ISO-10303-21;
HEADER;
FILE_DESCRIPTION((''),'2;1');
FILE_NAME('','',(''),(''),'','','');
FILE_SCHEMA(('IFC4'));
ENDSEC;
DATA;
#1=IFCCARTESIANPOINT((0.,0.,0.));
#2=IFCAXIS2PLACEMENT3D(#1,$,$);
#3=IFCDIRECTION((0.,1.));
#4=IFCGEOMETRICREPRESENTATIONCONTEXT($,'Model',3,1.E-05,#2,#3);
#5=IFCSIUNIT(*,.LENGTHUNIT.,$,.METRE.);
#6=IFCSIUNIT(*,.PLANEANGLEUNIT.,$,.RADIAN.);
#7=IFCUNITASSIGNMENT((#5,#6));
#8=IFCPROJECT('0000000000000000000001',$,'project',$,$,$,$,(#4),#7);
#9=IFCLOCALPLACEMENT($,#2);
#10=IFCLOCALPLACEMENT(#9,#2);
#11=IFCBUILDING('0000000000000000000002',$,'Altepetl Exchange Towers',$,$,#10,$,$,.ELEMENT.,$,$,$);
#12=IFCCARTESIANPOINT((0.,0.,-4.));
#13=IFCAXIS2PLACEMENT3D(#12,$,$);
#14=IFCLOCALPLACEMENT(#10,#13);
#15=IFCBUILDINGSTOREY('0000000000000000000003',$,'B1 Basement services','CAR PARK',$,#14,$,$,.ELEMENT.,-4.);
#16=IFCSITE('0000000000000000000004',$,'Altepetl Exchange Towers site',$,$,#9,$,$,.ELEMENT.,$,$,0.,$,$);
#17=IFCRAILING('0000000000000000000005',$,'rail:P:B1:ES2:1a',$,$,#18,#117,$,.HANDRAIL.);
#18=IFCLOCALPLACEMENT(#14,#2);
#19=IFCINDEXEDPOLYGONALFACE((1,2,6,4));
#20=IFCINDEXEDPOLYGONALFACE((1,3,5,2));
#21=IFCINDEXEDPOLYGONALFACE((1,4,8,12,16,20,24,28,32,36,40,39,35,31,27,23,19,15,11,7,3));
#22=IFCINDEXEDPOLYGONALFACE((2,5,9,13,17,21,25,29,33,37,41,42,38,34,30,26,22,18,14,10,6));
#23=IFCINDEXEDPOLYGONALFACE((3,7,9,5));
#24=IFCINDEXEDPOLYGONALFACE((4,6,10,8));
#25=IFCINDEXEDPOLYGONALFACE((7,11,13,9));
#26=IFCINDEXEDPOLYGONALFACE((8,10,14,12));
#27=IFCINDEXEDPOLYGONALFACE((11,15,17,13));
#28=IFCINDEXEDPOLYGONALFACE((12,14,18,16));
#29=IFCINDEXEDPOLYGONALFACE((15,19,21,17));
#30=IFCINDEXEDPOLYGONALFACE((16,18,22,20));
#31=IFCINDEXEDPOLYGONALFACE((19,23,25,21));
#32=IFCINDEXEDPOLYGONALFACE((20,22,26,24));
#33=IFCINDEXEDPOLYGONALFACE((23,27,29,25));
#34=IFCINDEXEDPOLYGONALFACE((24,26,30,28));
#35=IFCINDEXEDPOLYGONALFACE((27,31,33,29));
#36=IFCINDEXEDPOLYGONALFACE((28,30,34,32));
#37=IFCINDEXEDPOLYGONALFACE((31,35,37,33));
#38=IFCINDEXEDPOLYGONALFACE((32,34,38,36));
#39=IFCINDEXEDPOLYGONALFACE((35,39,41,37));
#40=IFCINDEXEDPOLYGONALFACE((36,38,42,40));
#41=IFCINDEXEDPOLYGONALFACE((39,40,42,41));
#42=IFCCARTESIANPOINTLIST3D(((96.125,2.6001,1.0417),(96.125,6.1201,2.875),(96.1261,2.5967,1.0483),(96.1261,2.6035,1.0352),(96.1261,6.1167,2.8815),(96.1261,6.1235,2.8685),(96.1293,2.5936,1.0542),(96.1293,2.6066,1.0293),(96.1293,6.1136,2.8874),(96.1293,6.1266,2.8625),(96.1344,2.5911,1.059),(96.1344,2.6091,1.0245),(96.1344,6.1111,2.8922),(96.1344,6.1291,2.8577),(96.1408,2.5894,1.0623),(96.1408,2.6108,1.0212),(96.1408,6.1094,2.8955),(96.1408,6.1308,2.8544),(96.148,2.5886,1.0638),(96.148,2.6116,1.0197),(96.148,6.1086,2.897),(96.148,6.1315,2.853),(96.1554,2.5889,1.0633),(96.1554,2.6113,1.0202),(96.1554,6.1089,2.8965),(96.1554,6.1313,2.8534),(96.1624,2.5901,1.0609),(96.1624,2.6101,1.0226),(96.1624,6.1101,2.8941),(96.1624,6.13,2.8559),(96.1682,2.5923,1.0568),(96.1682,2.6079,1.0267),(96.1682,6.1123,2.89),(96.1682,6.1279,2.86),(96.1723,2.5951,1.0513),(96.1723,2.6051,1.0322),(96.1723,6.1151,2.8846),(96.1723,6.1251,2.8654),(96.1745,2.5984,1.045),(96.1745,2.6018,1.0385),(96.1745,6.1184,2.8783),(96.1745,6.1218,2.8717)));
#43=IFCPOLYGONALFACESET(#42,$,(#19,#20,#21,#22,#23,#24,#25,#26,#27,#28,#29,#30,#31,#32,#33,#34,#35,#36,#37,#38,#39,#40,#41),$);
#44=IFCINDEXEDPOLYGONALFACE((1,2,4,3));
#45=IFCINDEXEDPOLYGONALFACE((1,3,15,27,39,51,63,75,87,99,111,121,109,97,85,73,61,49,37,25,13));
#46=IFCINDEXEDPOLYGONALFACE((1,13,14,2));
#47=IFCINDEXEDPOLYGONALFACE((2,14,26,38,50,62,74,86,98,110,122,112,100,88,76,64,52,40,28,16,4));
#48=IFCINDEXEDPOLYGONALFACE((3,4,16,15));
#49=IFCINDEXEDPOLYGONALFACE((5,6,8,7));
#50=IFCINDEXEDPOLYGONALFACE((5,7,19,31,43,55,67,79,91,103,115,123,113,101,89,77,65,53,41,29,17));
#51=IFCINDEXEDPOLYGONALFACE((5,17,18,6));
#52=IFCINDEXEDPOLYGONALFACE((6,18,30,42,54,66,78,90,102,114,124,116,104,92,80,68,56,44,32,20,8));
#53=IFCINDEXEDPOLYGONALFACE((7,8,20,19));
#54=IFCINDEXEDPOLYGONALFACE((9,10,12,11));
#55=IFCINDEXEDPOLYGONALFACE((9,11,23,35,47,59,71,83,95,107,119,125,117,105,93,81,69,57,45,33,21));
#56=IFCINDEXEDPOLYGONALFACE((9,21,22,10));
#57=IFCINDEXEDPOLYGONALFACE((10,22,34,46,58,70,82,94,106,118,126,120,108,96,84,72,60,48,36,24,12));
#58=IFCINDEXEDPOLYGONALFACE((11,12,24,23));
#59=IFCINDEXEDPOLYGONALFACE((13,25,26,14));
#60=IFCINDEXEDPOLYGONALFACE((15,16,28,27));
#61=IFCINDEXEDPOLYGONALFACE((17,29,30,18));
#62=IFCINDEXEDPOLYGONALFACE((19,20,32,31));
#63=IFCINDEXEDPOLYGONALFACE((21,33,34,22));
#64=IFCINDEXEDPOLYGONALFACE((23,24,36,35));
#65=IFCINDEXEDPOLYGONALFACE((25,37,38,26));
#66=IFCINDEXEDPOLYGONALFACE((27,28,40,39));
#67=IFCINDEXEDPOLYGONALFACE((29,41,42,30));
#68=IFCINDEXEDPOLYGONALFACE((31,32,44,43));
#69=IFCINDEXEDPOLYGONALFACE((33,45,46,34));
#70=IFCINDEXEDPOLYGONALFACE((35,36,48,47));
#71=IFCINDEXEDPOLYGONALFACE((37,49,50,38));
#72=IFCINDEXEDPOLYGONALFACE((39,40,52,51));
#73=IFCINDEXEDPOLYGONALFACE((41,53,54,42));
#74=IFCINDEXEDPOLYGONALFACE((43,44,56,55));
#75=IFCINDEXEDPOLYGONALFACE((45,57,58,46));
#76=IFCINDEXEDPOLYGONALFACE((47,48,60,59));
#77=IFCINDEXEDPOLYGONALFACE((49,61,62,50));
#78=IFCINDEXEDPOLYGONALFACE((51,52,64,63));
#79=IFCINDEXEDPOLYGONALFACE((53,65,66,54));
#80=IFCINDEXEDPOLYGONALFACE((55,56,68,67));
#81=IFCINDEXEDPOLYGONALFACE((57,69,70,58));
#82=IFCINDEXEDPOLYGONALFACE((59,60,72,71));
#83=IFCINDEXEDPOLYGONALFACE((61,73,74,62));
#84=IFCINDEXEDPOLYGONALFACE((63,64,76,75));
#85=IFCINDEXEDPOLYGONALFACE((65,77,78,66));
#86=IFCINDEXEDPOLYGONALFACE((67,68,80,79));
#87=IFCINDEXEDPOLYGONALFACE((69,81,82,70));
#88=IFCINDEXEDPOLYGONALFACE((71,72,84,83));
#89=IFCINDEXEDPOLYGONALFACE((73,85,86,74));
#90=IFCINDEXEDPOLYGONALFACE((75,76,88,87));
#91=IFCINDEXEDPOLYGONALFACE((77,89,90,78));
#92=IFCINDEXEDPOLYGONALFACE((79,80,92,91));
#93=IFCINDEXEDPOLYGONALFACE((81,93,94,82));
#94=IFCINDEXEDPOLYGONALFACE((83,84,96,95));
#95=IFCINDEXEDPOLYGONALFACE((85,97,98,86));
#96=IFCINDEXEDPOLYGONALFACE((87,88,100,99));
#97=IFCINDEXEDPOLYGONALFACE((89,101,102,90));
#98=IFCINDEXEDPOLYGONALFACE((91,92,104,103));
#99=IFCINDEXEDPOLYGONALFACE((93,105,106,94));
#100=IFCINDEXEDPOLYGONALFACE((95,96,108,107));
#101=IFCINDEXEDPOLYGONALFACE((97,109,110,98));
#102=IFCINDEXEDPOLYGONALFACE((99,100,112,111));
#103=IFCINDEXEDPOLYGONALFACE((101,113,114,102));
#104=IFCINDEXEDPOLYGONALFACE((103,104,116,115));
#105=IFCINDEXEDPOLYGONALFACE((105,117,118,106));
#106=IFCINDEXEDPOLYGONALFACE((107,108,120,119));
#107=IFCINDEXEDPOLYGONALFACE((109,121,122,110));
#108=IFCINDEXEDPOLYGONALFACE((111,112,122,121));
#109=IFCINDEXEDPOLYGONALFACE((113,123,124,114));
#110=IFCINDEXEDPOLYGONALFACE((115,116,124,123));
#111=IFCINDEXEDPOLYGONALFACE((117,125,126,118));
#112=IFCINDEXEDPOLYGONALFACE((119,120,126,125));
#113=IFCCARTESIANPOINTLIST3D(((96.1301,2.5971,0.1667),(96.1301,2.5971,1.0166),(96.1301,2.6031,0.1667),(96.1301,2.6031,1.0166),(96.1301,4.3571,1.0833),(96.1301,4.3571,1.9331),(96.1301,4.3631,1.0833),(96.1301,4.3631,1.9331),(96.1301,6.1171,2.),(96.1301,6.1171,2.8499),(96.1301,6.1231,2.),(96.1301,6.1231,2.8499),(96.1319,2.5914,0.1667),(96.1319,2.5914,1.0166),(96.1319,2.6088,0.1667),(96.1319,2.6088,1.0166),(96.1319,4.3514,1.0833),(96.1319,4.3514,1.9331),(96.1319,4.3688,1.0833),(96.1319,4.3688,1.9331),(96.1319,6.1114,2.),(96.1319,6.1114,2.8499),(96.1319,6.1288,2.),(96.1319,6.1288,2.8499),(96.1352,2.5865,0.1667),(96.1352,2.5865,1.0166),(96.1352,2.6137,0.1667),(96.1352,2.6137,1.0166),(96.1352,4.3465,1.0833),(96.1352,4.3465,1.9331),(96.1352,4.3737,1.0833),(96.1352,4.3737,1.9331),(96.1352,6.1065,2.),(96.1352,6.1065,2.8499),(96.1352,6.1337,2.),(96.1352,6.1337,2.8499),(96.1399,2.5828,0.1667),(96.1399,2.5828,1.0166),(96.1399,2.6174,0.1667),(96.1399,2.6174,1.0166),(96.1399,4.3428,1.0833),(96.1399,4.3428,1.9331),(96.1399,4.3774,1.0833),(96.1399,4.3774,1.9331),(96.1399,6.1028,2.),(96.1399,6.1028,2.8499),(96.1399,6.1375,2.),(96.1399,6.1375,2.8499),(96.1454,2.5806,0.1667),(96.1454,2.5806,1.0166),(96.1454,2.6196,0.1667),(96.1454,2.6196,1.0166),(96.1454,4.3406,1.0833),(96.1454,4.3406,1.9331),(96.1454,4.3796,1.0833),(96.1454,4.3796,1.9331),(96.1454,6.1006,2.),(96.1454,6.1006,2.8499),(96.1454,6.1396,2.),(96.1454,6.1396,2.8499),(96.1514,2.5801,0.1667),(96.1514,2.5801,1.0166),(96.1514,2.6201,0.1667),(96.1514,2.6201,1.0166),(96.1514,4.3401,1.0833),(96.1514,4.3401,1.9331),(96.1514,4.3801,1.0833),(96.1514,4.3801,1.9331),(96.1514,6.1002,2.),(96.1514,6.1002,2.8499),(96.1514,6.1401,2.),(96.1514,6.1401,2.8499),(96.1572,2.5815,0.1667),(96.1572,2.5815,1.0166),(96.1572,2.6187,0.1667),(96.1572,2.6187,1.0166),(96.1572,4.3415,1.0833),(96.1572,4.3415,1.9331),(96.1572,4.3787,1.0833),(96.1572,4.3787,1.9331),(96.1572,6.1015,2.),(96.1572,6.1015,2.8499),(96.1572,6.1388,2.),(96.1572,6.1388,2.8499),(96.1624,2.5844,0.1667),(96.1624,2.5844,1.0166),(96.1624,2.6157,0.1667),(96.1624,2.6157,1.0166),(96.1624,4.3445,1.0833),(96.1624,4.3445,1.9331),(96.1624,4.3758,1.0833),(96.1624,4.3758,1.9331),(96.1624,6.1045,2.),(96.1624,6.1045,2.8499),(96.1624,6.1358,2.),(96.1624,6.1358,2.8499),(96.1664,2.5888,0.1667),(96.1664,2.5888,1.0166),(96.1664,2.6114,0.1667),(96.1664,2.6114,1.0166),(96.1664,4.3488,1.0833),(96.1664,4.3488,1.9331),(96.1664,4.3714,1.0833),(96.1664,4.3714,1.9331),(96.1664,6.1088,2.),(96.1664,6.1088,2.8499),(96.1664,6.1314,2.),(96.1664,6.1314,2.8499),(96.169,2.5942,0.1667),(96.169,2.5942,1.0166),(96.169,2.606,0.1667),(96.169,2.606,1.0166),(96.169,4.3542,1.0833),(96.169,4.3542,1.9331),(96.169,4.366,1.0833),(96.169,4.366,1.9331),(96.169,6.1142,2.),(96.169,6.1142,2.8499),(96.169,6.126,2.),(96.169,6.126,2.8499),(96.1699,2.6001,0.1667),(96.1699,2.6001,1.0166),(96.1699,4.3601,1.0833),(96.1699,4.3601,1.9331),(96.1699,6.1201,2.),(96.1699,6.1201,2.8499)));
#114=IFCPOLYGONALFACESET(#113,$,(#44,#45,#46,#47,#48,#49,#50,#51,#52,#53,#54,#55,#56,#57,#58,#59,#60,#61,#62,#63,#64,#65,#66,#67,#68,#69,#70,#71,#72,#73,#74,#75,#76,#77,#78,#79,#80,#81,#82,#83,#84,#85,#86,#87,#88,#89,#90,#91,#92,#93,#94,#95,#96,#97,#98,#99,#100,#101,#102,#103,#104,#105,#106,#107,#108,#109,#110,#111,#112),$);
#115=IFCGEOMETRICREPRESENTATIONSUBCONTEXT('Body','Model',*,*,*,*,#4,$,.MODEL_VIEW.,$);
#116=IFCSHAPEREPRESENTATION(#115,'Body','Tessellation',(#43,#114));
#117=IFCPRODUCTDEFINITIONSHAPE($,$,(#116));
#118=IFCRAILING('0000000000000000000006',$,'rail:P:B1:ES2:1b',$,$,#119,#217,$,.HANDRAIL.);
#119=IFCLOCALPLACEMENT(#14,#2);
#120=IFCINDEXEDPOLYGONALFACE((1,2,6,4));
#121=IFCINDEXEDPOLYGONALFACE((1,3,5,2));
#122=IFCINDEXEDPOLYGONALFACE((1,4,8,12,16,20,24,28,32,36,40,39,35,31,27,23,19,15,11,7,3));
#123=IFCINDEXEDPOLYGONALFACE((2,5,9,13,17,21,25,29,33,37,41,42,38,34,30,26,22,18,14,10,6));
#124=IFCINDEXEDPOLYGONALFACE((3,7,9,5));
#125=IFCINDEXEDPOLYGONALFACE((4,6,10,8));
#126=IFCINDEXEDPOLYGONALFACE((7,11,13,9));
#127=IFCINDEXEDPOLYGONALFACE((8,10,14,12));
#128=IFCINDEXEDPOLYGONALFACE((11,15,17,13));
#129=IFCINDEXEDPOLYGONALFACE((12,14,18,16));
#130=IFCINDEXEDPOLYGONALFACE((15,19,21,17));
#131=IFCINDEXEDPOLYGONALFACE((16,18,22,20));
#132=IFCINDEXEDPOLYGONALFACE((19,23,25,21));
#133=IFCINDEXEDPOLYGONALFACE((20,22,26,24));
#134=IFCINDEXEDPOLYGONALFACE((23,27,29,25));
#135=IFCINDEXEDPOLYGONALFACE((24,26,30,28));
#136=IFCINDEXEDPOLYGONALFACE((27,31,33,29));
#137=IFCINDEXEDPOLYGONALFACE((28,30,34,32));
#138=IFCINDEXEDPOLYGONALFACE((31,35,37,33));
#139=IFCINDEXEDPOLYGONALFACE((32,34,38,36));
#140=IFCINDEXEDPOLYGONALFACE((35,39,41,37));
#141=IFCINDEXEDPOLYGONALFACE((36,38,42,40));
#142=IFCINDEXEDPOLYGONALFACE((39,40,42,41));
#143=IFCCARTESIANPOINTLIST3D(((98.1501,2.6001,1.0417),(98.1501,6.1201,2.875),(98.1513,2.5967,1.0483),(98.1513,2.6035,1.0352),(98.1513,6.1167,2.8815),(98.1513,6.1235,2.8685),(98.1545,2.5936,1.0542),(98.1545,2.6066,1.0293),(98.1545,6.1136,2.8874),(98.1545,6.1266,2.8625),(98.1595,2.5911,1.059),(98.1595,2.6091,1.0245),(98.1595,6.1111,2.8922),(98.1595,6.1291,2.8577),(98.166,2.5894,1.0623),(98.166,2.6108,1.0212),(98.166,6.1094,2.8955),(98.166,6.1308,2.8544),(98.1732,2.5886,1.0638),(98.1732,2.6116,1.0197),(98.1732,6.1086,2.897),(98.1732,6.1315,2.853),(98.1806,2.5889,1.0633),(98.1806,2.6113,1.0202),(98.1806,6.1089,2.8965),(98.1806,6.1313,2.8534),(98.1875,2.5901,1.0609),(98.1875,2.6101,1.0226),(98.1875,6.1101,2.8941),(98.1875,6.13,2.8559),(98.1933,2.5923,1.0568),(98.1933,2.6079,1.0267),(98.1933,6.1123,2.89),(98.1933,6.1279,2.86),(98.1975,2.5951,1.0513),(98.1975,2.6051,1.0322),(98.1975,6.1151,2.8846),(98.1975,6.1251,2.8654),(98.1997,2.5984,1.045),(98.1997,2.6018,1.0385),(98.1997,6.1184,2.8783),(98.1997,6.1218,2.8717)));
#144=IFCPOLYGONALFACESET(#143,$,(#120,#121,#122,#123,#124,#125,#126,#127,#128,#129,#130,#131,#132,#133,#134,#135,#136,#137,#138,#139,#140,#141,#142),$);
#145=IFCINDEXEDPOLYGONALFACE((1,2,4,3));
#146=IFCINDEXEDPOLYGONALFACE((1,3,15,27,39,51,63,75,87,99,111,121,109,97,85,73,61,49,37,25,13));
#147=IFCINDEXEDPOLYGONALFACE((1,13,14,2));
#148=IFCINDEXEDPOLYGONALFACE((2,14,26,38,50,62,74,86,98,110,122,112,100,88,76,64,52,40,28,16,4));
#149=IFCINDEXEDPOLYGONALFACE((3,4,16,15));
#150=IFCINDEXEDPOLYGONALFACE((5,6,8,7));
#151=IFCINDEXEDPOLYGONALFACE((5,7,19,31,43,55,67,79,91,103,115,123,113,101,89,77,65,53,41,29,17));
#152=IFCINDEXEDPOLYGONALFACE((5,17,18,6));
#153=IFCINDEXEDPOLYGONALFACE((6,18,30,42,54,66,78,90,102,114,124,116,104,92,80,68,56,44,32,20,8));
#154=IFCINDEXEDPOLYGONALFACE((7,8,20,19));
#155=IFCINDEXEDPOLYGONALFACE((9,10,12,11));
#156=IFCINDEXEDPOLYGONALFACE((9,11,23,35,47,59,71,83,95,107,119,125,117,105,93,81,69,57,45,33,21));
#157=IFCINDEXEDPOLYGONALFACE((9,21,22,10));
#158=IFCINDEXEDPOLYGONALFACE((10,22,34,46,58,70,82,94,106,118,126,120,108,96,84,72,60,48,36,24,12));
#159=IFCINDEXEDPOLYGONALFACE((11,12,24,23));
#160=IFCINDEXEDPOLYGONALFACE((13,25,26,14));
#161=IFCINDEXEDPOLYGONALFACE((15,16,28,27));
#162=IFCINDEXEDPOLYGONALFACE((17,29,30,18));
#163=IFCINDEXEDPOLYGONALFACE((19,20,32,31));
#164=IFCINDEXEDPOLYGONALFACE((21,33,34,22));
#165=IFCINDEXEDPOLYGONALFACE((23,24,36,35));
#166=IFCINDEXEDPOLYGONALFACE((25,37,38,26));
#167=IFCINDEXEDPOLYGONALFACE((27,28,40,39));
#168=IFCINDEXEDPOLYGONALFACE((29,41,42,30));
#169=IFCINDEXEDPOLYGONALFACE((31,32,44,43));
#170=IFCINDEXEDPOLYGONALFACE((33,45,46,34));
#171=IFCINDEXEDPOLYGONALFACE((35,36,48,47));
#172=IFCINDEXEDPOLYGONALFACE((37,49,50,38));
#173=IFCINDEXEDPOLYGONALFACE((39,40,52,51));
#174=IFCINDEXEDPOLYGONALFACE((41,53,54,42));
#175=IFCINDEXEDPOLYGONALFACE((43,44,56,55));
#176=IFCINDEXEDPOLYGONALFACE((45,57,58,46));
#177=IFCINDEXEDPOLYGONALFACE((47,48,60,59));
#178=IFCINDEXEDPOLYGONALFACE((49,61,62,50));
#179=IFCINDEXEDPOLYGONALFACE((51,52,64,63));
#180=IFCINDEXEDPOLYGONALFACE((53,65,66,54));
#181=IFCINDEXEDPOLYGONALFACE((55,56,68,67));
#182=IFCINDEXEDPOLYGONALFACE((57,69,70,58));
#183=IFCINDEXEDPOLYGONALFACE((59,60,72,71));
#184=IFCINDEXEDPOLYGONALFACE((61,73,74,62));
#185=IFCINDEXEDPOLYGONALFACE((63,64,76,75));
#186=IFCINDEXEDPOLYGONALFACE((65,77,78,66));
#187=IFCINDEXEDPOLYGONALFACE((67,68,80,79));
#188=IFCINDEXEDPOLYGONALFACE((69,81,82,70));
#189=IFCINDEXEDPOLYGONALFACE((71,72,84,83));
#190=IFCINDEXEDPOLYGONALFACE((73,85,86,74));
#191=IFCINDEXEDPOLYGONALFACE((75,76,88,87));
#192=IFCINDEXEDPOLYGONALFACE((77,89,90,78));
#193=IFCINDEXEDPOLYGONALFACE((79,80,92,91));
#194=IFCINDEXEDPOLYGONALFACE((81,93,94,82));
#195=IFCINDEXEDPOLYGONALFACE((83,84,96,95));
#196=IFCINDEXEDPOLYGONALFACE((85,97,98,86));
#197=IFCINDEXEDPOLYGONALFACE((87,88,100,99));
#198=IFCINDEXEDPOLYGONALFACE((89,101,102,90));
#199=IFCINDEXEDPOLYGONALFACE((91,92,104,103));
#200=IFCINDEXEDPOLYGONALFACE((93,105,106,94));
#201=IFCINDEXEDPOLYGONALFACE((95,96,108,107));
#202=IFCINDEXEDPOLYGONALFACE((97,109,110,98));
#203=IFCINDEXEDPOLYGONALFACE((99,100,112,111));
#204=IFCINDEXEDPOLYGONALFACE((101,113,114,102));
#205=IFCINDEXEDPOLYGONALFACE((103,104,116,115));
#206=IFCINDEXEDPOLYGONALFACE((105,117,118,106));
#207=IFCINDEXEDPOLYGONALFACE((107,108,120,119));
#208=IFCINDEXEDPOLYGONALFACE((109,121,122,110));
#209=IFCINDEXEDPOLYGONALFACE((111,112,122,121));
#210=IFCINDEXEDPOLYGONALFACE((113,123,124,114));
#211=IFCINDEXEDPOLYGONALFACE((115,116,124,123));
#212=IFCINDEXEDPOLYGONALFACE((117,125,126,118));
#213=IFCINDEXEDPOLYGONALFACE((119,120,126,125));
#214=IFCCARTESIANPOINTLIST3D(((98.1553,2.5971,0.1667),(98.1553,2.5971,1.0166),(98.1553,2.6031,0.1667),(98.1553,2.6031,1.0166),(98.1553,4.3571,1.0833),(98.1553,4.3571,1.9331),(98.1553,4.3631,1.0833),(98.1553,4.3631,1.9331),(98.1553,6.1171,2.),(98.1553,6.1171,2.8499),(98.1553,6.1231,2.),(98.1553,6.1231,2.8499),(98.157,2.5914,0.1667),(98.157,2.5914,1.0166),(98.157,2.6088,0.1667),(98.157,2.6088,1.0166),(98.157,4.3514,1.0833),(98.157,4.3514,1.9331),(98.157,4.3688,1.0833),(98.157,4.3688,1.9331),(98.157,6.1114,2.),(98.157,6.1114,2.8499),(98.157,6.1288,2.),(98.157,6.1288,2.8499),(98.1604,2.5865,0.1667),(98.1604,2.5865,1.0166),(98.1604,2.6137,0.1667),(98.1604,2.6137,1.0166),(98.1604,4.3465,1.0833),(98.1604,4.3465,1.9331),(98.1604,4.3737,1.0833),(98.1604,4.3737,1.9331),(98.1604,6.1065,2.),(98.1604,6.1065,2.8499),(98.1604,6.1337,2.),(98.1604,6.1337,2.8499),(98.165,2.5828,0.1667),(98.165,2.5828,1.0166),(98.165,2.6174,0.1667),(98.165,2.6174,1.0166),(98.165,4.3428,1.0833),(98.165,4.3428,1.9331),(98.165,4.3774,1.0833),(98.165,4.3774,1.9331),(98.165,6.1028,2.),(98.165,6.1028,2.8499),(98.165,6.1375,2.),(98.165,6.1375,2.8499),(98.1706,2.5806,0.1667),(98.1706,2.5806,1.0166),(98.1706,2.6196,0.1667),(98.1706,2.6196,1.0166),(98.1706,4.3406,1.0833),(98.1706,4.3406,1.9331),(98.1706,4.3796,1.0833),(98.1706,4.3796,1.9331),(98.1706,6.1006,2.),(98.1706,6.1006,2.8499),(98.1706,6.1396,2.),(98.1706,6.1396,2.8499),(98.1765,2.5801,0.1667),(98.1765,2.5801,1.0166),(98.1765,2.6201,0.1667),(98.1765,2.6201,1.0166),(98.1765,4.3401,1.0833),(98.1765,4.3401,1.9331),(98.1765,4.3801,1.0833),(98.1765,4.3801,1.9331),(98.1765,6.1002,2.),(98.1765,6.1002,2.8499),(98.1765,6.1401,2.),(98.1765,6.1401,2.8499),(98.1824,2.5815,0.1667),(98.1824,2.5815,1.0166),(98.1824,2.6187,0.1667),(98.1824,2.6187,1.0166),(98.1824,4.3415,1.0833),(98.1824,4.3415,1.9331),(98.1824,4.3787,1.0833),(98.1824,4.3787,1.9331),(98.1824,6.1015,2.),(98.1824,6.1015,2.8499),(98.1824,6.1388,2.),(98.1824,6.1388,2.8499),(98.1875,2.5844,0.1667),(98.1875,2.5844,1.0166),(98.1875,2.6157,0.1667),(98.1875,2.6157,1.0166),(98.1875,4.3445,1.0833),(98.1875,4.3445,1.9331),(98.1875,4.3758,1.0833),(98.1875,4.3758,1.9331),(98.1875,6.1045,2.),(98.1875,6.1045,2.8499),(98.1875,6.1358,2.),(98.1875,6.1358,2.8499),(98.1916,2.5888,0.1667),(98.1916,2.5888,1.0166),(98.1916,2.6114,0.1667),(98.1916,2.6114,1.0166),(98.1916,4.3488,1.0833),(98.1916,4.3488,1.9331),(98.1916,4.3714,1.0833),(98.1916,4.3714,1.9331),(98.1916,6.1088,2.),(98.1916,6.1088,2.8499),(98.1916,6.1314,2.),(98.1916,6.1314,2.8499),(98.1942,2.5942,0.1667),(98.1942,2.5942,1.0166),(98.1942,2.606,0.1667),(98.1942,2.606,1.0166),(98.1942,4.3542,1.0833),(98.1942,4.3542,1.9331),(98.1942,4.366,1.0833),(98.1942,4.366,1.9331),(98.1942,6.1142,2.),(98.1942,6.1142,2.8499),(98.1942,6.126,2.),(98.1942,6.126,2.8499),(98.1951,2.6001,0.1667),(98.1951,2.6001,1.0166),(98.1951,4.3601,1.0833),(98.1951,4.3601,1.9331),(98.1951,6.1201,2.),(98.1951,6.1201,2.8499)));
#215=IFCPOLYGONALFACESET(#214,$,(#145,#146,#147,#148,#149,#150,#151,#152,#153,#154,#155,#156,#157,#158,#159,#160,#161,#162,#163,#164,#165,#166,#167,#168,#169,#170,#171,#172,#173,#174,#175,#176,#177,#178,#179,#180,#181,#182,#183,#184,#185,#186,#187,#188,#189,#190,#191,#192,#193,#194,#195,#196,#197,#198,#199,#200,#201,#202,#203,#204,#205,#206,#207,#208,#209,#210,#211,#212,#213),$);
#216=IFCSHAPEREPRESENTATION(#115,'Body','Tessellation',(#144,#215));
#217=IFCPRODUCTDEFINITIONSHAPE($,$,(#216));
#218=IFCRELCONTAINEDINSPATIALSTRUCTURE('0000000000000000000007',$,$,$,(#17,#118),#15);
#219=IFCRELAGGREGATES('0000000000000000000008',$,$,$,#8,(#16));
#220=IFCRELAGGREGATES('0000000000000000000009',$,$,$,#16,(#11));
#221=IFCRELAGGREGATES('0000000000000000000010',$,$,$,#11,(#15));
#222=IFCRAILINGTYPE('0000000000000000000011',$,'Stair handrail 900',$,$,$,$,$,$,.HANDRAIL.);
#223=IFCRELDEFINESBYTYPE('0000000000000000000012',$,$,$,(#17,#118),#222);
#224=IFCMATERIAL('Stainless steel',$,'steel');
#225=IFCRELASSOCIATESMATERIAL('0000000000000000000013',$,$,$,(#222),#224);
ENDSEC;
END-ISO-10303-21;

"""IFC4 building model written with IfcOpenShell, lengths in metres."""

from ifc_helpers import new_model, si_unit, direction, frame, origin, origin_2d, place, context, subcontext, project, spatial, circle, extrude, source, transform, mapped, material, type_object, element, save


model = new_model("IFC4")

# Units and contexts
model_context = context("Model", 3, precision=1e-05, world=origin(), true_north=direction((0.0, 1.0)))
body_context = subcontext(model_context, "Body", "Model", "MODEL_VIEW")
ifc_project = project(units=[si_unit("LENGTHUNIT", "METRE"), si_unit("PLANEANGLEUNIT", "RADIAN")], contexts=[model_context])

# Site, building, storey
site_placement = place(None, origin())
site = spatial("IfcSite", under=ifc_project, at=site_placement, Name="Altepetl Exchange Towers site", CompositionType="ELEMENT", RefElevation=0.0)
building_placement = place(site_placement, origin())
building = spatial("IfcBuilding", under=site, at=building_placement, Name="Altepetl Exchange Towers", CompositionType="ELEMENT")
storey_placement = place(building_placement, frame((0.0, 0.0, -4.0)))
storey = spatial("IfcBuildingStorey", under=building, at=storey_placement, Name="B1 Basement services", Description="CAR PARK", CompositionType="ELEMENT", Elevation=-4.0)

# Railings
ifc_material_1 = material(Name="Stainless steel", Category="steel")
railing_type_1 = type_object("IfcRailingType", Name="Stair handrail 900", PredefinedType="HANDRAIL", material=ifc_material_1)
shared_shape_1 = source(origin(), body_context, "Body", "SweptSolid", [
    extrude(circle(Radius=0.02, at=origin_2d()), origin(), (0.0, 0.0, 1.0), 0.8499),
])
for number, where, name in (
    (1, (96.1499, 2.6001, 0.1667), "rail:P:B1:ES2:1a"),
    (2, (98.175, 2.6001, 0.1667), "rail:P:B1:ES2:1b"),
):
    element("IfcRailing", number, at=place(storey_placement, frame(where)), inside=storey, type_object=railing_type_1, Name=name, PredefinedType="HANDRAIL", context=body_context, shape_type="SweptSolid", body=[
        extrude(circle(Radius=0.0249, at=origin_2d()), frame((0.0, 0.0, 0.875), z_axis=(0.0, 0.886924, 0.461916), x_axis=(-1.0, 0.0, 0.0)), (0.0, 0.0, 1.0), 3.9688),
        mapped(shared_shape_1, transform((0.0, 0.0, 0.0))),
        mapped(shared_shape_1, transform((0.0, 1.76, 0.9165))),
        mapped(shared_shape_1, transform((0.0, 3.52, 1.8333))),
    ])

save(model, "model.ifc")
